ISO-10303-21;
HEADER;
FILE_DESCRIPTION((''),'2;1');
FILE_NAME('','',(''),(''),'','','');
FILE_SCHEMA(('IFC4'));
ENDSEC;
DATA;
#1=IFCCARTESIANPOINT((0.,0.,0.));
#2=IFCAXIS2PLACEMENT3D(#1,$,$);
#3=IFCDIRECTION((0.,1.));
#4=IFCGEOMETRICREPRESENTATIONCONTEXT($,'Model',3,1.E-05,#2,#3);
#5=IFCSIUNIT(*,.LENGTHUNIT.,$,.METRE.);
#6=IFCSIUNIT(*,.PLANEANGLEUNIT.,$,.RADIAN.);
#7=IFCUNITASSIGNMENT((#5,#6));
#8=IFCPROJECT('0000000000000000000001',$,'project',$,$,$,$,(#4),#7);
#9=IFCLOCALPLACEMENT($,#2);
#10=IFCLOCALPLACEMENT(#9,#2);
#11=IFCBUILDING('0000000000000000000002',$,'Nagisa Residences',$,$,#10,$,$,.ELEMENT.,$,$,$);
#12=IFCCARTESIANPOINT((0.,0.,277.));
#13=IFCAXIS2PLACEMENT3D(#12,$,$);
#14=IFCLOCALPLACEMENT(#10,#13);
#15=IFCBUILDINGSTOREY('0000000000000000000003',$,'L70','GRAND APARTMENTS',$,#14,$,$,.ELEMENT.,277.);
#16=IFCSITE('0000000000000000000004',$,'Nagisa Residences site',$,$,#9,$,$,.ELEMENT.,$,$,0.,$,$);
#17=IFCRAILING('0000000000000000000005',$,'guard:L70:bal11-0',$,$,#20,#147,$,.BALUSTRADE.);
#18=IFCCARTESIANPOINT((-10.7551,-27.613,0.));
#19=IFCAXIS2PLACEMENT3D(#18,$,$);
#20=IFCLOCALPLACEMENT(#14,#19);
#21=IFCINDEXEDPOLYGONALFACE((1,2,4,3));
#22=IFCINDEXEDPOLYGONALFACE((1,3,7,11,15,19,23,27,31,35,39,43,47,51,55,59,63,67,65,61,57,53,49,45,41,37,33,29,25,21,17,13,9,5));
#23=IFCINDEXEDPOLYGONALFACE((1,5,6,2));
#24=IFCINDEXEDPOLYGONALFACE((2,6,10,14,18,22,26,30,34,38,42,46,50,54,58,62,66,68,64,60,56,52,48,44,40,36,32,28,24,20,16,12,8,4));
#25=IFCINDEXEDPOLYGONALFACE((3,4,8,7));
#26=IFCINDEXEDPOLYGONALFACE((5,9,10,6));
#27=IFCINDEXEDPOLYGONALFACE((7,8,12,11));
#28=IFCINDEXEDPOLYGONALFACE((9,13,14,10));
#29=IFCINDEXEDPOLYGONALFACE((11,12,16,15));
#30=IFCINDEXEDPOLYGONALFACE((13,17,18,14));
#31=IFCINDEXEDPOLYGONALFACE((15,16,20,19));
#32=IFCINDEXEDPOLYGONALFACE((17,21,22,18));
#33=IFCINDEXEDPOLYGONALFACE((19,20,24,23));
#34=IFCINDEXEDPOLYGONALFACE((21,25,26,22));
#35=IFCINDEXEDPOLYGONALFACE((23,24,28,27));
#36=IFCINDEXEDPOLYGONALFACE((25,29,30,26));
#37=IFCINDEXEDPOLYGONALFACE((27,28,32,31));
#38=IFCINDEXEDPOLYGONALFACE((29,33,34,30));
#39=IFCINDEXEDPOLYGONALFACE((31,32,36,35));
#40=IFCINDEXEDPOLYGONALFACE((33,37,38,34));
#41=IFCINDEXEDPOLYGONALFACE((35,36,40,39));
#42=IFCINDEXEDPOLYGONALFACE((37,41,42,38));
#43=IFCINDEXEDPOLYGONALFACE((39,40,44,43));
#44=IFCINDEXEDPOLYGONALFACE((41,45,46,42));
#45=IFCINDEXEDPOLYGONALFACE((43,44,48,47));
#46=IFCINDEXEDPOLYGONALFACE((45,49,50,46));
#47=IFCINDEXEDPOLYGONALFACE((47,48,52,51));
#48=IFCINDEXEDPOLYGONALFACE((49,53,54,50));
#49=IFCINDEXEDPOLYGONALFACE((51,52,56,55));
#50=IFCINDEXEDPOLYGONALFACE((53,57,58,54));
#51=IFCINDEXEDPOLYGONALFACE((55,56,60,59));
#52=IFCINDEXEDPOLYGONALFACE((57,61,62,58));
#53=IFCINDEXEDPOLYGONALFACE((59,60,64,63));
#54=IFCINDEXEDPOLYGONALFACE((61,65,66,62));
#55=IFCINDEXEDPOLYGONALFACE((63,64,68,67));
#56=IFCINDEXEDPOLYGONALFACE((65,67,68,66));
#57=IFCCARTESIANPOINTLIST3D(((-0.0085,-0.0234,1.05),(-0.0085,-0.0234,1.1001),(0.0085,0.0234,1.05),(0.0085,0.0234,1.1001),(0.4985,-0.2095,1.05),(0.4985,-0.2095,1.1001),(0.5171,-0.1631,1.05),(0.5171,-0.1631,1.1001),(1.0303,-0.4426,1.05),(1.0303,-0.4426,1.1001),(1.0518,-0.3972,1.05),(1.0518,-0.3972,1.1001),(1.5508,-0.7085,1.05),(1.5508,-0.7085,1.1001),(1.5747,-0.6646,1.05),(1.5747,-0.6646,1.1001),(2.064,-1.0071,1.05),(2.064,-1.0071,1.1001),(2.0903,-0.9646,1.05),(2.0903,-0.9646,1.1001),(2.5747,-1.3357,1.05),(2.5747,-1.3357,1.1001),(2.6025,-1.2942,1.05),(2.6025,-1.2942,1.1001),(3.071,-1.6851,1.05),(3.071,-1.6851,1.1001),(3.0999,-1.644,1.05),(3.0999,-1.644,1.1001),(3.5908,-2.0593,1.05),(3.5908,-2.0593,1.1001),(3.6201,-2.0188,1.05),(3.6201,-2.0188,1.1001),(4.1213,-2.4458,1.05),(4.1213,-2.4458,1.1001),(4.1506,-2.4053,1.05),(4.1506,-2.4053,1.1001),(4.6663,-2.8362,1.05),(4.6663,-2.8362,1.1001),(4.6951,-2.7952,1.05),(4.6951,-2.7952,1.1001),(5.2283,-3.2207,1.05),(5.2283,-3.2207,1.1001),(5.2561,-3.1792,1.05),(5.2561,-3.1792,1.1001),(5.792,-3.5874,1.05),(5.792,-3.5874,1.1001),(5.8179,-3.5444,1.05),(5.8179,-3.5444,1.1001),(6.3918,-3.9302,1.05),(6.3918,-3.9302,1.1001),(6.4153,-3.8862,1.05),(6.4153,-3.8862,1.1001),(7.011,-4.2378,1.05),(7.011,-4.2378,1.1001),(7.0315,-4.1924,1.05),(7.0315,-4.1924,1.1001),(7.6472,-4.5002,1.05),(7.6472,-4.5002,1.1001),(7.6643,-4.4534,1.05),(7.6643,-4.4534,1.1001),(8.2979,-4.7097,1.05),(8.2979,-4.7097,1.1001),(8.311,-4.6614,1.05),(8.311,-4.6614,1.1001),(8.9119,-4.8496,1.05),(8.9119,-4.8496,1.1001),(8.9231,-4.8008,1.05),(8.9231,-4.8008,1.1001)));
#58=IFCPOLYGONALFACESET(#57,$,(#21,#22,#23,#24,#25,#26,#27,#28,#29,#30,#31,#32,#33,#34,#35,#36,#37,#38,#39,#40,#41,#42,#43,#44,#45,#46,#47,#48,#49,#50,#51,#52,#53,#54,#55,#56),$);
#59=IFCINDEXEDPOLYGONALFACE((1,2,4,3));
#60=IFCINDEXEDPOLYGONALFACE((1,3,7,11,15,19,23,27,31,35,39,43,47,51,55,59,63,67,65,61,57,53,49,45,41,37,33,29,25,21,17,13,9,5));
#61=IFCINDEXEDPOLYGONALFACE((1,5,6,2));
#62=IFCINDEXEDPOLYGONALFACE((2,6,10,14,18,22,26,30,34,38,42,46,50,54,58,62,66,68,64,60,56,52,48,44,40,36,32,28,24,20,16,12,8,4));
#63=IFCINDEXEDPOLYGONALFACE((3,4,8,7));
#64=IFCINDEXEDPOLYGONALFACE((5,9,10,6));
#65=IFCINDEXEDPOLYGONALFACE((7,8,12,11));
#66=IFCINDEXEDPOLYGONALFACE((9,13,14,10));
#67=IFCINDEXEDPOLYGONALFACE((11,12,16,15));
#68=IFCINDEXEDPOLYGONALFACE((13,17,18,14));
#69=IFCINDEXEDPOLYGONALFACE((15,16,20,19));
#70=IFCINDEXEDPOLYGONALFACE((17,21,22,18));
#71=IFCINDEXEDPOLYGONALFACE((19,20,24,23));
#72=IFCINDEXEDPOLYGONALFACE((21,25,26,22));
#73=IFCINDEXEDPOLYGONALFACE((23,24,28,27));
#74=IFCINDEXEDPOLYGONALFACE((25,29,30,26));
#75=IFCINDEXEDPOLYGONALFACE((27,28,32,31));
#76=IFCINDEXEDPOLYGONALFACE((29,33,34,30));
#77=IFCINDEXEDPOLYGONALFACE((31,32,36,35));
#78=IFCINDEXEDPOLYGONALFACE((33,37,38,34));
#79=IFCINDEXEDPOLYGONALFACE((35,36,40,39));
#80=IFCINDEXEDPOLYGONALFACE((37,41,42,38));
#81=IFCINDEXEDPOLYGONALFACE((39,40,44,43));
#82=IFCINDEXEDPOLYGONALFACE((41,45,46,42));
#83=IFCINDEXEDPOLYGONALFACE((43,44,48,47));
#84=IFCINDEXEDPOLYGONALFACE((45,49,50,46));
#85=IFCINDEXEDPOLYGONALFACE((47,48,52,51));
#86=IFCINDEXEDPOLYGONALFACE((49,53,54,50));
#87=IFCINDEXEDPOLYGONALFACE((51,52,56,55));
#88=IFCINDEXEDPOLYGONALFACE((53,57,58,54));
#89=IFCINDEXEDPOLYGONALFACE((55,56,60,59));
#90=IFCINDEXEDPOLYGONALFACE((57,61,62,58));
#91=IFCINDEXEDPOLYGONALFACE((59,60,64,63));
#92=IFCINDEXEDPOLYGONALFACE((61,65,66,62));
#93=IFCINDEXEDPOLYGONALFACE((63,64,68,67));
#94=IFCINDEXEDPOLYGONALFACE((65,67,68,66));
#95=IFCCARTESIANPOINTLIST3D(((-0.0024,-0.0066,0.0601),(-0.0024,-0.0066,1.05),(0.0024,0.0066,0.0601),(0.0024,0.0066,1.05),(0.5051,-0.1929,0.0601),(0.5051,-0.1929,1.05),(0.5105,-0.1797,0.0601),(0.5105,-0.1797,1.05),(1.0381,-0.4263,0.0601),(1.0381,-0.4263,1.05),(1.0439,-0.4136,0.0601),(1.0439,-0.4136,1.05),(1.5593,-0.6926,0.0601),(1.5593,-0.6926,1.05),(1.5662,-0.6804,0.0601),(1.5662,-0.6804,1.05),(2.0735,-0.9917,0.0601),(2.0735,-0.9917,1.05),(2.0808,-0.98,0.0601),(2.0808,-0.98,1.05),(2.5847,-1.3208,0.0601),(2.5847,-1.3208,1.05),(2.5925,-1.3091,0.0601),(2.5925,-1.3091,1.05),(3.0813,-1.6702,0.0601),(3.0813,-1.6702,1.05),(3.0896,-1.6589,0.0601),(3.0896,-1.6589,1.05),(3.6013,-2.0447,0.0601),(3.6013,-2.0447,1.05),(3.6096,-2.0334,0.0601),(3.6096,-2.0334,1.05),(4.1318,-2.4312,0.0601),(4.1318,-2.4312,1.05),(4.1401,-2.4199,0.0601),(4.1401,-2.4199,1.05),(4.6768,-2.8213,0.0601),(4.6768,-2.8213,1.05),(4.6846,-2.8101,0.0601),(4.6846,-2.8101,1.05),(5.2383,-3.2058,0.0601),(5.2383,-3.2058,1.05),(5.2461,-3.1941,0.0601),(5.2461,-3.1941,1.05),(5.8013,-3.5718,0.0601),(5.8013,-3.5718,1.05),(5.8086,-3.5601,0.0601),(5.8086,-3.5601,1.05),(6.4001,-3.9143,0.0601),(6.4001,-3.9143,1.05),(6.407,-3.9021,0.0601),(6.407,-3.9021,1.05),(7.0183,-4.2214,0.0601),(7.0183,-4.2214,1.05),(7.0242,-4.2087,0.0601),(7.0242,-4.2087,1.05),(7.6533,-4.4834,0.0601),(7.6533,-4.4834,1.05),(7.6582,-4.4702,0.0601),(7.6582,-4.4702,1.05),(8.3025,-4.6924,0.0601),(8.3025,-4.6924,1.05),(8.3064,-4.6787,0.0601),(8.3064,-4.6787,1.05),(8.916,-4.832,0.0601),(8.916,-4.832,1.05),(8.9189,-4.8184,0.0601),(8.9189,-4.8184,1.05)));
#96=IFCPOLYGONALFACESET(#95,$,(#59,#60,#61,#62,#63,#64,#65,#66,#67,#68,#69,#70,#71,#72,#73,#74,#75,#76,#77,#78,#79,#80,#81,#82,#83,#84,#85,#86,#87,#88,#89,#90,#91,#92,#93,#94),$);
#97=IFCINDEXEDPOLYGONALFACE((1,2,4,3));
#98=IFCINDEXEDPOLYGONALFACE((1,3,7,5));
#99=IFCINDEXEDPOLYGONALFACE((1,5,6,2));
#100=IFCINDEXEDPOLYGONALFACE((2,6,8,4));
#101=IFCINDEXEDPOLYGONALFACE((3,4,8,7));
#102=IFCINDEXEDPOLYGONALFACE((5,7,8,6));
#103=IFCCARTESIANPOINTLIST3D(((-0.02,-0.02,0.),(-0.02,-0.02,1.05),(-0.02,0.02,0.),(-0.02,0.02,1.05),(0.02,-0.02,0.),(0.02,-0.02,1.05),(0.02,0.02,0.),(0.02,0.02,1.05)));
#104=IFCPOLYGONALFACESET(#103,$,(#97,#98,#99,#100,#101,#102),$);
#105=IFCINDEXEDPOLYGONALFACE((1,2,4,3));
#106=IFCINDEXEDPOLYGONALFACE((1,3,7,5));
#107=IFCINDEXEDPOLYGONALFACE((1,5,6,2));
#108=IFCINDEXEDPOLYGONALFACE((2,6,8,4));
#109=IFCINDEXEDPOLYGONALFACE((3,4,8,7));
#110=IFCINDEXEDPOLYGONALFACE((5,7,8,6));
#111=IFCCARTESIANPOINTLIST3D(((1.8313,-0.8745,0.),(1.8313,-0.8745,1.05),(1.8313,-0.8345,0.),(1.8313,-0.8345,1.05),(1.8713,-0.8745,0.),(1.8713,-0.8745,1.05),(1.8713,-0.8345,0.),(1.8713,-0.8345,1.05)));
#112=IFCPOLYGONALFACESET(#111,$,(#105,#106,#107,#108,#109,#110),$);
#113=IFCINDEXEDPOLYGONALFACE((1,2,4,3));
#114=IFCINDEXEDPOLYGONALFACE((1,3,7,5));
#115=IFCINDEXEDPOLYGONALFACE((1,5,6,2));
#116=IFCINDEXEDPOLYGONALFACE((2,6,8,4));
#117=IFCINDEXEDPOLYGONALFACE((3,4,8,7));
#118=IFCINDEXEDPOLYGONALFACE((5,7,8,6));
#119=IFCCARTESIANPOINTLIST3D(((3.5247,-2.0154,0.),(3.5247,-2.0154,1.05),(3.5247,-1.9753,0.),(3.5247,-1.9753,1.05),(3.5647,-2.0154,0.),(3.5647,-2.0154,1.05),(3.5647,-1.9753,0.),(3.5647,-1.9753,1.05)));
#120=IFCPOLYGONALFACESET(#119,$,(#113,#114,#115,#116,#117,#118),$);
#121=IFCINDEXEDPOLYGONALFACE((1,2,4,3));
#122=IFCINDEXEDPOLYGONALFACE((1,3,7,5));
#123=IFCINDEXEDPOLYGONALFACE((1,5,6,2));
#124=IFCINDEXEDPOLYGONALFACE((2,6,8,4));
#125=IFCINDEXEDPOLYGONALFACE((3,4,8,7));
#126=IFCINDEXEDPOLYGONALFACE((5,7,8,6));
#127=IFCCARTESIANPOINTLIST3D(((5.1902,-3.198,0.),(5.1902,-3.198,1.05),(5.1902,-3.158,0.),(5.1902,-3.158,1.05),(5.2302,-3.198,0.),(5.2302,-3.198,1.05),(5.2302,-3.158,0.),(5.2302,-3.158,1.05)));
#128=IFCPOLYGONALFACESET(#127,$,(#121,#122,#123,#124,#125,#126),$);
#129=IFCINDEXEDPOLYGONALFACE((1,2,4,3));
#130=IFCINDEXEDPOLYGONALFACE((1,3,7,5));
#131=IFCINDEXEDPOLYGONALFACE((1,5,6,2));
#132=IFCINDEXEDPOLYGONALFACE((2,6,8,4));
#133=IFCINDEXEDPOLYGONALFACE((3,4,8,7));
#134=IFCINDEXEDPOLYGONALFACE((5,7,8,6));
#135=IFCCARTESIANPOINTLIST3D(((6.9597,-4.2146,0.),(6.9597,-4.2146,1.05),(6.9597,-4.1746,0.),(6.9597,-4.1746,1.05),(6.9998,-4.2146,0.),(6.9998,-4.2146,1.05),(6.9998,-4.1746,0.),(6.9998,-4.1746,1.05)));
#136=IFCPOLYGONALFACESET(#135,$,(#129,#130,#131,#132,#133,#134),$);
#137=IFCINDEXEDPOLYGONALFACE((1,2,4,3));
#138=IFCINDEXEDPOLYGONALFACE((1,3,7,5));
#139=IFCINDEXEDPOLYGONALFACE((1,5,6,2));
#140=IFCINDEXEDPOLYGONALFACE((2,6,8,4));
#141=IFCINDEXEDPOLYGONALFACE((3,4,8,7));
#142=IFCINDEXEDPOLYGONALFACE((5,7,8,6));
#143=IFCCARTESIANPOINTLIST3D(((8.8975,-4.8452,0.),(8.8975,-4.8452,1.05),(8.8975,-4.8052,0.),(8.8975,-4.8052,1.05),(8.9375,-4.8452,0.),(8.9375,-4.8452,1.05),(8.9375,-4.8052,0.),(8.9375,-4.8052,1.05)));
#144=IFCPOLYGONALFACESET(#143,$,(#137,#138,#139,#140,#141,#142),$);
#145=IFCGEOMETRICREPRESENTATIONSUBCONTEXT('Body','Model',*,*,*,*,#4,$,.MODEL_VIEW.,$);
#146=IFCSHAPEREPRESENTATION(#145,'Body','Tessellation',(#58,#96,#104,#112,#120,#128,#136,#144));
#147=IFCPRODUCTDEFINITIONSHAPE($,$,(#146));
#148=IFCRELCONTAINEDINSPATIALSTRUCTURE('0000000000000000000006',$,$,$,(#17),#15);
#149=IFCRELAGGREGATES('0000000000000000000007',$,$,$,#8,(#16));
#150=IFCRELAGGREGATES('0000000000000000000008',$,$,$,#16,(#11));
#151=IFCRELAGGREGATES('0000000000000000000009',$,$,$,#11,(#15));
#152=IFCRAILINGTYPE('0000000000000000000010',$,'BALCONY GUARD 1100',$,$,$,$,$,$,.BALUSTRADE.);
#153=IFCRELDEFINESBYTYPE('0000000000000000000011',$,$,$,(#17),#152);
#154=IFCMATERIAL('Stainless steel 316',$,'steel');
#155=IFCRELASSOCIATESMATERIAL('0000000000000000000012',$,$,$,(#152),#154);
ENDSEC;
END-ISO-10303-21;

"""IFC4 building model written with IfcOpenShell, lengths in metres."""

from ifc_helpers import new_model, si_unit, direction, frame, origin, origin_2d, place, context, subcontext, project, spatial, polyline, rectangle, outline, extrude, material, type_object, element, save


model = new_model("IFC4")

# Units and contexts
model_context = context("Model", 3, precision=1e-05, world=origin(), true_north=direction((0.0, 1.0)))
body_context = subcontext(model_context, "Body", "Model", "MODEL_VIEW")
ifc_project = project(units=[si_unit("LENGTHUNIT", "METRE"), si_unit("PLANEANGLEUNIT", "RADIAN")], contexts=[model_context])

# Site, building, storey
site_placement = place(None, origin())
site = spatial("IfcSite", under=ifc_project, at=site_placement, Name="Nagisa Residences site", CompositionType="ELEMENT", RefElevation=0.0)
building_placement = place(site_placement, origin())
building = spatial("IfcBuilding", under=site, at=building_placement, Name="Nagisa Residences", CompositionType="ELEMENT")
storey_placement = place(building_placement, frame((0.0, 0.0, 277.0)))
storey = spatial("IfcBuildingStorey", under=building, at=storey_placement, Name="L70", Description="GRAND APARTMENTS", CompositionType="ELEMENT", Elevation=277.0)

# Railing
ifc_material_1 = material(Name="Stainless steel 316", Category="steel")
railing_type = type_object("IfcRailingType", Name="BALCONY GUARD 1100", PredefinedType="BALUSTRADE", material=ifc_material_1)
railing_1_placement = place(storey_placement, frame((-10.7551, -27.613, 0.0)))
element("IfcRailing", 1, at=railing_1_placement, inside=storey, type_object=railing_type, Name="guard:L70:bal11-0", PredefinedType="BALUSTRADE", context=body_context, shape_type="SweptSolid", body=[
    extrude(outline(polyline([(0.5171, -0.1631), (0.0085, 0.0234), (-0.0085, -0.0234), (0.4985, -0.2095), (1.0303, -0.4426), (1.5508, -0.7085), (2.064, -1.0071), (2.5747, -1.3357), (3.071, -1.6851), (3.5908, -2.0593), (4.1213, -2.4458), (4.6663, -2.8362), (5.2283, -3.2207), (5.792, -3.5874), (6.3918, -3.9302), (7.011, -4.2378), (7.6472, -4.5002), (8.2979, -4.7097), (8.9119, -4.8496), (8.9231, -4.8008), (8.311, -4.6614), (7.6643, -4.4534), (7.0315, -4.1924), (6.4153, -3.8862), (5.8179, -3.5444), (5.2561, -3.1792), (4.6951, -2.7952), (4.1506, -2.4053), (3.6201, -2.0188), (3.0999, -1.644), (2.6025, -1.2942), (2.0903, -0.9646), (1.5747, -0.6646), (1.0518, -0.3972), (0.5171, -0.1631)])), frame((0.0, 0.0, 1.05)), (0.0, 0.0, 1.0), 0.05),
    extrude(outline(polyline([(0.5105, -0.1797), (0.0024, 0.0066), (-0.0024, -0.0066), (0.5051, -0.1929), (1.0381, -0.4263), (1.5593, -0.6926), (2.0735, -0.9917), (2.5847, -1.3208), (3.0813, -1.6702), (3.6013, -2.0447), (4.1318, -2.4312), (4.6768, -2.8213), (5.2383, -3.2058), (5.8013, -3.5718), (6.4001, -3.9143), (7.0183, -4.2214), (7.6533, -4.4834), (8.3025, -4.6924), (8.916, -4.832), (8.9189, -4.8184), (8.3064, -4.6787), (7.6582, -4.4702), (7.0242, -4.2087), (6.407, -3.9021), (5.8086, -3.5601), (5.2461, -3.1941), (4.6846, -2.8101), (4.1401, -2.4199), (3.6096, -2.0334), (3.0896, -1.6589), (2.5925, -1.3091), (2.0808, -0.98), (1.5662, -0.6804), (1.0439, -0.4136), (0.5105, -0.1797)])), frame((0.0, 0.0, 0.0601)), (0.0, 0.0, 1.0), 0.99),
    extrude(rectangle(XDim=0.04, YDim=0.04, at=origin_2d()), origin(), (0.0, 0.0, 1.0), 1.05),
    extrude(rectangle(XDim=0.04, YDim=0.04, at=origin_2d()), frame((1.8513, -0.8545, 0.0)), (0.0, 0.0, 1.0), 1.05),
    extrude(rectangle(XDim=0.04, YDim=0.04, at=origin_2d()), frame((3.5447, -1.9954, 0.0)), (0.0, 0.0, 1.0), 1.05),
    extrude(rectangle(XDim=0.04, YDim=0.04, at=origin_2d()), frame((5.2102, -3.178, 0.0)), (0.0, 0.0, 1.0), 1.05),
    extrude(rectangle(XDim=0.04, YDim=0.04, at=origin_2d()), frame((6.9797, -4.1946, 0.0)), (0.0, 0.0, 1.0), 1.05),
    extrude(rectangle(XDim=0.04, YDim=0.04, at=origin_2d()), frame((8.9175, -4.8252, 0.0)), (0.0, 0.0, 1.0), 1.05),
])

save(model, "model.ifc")
